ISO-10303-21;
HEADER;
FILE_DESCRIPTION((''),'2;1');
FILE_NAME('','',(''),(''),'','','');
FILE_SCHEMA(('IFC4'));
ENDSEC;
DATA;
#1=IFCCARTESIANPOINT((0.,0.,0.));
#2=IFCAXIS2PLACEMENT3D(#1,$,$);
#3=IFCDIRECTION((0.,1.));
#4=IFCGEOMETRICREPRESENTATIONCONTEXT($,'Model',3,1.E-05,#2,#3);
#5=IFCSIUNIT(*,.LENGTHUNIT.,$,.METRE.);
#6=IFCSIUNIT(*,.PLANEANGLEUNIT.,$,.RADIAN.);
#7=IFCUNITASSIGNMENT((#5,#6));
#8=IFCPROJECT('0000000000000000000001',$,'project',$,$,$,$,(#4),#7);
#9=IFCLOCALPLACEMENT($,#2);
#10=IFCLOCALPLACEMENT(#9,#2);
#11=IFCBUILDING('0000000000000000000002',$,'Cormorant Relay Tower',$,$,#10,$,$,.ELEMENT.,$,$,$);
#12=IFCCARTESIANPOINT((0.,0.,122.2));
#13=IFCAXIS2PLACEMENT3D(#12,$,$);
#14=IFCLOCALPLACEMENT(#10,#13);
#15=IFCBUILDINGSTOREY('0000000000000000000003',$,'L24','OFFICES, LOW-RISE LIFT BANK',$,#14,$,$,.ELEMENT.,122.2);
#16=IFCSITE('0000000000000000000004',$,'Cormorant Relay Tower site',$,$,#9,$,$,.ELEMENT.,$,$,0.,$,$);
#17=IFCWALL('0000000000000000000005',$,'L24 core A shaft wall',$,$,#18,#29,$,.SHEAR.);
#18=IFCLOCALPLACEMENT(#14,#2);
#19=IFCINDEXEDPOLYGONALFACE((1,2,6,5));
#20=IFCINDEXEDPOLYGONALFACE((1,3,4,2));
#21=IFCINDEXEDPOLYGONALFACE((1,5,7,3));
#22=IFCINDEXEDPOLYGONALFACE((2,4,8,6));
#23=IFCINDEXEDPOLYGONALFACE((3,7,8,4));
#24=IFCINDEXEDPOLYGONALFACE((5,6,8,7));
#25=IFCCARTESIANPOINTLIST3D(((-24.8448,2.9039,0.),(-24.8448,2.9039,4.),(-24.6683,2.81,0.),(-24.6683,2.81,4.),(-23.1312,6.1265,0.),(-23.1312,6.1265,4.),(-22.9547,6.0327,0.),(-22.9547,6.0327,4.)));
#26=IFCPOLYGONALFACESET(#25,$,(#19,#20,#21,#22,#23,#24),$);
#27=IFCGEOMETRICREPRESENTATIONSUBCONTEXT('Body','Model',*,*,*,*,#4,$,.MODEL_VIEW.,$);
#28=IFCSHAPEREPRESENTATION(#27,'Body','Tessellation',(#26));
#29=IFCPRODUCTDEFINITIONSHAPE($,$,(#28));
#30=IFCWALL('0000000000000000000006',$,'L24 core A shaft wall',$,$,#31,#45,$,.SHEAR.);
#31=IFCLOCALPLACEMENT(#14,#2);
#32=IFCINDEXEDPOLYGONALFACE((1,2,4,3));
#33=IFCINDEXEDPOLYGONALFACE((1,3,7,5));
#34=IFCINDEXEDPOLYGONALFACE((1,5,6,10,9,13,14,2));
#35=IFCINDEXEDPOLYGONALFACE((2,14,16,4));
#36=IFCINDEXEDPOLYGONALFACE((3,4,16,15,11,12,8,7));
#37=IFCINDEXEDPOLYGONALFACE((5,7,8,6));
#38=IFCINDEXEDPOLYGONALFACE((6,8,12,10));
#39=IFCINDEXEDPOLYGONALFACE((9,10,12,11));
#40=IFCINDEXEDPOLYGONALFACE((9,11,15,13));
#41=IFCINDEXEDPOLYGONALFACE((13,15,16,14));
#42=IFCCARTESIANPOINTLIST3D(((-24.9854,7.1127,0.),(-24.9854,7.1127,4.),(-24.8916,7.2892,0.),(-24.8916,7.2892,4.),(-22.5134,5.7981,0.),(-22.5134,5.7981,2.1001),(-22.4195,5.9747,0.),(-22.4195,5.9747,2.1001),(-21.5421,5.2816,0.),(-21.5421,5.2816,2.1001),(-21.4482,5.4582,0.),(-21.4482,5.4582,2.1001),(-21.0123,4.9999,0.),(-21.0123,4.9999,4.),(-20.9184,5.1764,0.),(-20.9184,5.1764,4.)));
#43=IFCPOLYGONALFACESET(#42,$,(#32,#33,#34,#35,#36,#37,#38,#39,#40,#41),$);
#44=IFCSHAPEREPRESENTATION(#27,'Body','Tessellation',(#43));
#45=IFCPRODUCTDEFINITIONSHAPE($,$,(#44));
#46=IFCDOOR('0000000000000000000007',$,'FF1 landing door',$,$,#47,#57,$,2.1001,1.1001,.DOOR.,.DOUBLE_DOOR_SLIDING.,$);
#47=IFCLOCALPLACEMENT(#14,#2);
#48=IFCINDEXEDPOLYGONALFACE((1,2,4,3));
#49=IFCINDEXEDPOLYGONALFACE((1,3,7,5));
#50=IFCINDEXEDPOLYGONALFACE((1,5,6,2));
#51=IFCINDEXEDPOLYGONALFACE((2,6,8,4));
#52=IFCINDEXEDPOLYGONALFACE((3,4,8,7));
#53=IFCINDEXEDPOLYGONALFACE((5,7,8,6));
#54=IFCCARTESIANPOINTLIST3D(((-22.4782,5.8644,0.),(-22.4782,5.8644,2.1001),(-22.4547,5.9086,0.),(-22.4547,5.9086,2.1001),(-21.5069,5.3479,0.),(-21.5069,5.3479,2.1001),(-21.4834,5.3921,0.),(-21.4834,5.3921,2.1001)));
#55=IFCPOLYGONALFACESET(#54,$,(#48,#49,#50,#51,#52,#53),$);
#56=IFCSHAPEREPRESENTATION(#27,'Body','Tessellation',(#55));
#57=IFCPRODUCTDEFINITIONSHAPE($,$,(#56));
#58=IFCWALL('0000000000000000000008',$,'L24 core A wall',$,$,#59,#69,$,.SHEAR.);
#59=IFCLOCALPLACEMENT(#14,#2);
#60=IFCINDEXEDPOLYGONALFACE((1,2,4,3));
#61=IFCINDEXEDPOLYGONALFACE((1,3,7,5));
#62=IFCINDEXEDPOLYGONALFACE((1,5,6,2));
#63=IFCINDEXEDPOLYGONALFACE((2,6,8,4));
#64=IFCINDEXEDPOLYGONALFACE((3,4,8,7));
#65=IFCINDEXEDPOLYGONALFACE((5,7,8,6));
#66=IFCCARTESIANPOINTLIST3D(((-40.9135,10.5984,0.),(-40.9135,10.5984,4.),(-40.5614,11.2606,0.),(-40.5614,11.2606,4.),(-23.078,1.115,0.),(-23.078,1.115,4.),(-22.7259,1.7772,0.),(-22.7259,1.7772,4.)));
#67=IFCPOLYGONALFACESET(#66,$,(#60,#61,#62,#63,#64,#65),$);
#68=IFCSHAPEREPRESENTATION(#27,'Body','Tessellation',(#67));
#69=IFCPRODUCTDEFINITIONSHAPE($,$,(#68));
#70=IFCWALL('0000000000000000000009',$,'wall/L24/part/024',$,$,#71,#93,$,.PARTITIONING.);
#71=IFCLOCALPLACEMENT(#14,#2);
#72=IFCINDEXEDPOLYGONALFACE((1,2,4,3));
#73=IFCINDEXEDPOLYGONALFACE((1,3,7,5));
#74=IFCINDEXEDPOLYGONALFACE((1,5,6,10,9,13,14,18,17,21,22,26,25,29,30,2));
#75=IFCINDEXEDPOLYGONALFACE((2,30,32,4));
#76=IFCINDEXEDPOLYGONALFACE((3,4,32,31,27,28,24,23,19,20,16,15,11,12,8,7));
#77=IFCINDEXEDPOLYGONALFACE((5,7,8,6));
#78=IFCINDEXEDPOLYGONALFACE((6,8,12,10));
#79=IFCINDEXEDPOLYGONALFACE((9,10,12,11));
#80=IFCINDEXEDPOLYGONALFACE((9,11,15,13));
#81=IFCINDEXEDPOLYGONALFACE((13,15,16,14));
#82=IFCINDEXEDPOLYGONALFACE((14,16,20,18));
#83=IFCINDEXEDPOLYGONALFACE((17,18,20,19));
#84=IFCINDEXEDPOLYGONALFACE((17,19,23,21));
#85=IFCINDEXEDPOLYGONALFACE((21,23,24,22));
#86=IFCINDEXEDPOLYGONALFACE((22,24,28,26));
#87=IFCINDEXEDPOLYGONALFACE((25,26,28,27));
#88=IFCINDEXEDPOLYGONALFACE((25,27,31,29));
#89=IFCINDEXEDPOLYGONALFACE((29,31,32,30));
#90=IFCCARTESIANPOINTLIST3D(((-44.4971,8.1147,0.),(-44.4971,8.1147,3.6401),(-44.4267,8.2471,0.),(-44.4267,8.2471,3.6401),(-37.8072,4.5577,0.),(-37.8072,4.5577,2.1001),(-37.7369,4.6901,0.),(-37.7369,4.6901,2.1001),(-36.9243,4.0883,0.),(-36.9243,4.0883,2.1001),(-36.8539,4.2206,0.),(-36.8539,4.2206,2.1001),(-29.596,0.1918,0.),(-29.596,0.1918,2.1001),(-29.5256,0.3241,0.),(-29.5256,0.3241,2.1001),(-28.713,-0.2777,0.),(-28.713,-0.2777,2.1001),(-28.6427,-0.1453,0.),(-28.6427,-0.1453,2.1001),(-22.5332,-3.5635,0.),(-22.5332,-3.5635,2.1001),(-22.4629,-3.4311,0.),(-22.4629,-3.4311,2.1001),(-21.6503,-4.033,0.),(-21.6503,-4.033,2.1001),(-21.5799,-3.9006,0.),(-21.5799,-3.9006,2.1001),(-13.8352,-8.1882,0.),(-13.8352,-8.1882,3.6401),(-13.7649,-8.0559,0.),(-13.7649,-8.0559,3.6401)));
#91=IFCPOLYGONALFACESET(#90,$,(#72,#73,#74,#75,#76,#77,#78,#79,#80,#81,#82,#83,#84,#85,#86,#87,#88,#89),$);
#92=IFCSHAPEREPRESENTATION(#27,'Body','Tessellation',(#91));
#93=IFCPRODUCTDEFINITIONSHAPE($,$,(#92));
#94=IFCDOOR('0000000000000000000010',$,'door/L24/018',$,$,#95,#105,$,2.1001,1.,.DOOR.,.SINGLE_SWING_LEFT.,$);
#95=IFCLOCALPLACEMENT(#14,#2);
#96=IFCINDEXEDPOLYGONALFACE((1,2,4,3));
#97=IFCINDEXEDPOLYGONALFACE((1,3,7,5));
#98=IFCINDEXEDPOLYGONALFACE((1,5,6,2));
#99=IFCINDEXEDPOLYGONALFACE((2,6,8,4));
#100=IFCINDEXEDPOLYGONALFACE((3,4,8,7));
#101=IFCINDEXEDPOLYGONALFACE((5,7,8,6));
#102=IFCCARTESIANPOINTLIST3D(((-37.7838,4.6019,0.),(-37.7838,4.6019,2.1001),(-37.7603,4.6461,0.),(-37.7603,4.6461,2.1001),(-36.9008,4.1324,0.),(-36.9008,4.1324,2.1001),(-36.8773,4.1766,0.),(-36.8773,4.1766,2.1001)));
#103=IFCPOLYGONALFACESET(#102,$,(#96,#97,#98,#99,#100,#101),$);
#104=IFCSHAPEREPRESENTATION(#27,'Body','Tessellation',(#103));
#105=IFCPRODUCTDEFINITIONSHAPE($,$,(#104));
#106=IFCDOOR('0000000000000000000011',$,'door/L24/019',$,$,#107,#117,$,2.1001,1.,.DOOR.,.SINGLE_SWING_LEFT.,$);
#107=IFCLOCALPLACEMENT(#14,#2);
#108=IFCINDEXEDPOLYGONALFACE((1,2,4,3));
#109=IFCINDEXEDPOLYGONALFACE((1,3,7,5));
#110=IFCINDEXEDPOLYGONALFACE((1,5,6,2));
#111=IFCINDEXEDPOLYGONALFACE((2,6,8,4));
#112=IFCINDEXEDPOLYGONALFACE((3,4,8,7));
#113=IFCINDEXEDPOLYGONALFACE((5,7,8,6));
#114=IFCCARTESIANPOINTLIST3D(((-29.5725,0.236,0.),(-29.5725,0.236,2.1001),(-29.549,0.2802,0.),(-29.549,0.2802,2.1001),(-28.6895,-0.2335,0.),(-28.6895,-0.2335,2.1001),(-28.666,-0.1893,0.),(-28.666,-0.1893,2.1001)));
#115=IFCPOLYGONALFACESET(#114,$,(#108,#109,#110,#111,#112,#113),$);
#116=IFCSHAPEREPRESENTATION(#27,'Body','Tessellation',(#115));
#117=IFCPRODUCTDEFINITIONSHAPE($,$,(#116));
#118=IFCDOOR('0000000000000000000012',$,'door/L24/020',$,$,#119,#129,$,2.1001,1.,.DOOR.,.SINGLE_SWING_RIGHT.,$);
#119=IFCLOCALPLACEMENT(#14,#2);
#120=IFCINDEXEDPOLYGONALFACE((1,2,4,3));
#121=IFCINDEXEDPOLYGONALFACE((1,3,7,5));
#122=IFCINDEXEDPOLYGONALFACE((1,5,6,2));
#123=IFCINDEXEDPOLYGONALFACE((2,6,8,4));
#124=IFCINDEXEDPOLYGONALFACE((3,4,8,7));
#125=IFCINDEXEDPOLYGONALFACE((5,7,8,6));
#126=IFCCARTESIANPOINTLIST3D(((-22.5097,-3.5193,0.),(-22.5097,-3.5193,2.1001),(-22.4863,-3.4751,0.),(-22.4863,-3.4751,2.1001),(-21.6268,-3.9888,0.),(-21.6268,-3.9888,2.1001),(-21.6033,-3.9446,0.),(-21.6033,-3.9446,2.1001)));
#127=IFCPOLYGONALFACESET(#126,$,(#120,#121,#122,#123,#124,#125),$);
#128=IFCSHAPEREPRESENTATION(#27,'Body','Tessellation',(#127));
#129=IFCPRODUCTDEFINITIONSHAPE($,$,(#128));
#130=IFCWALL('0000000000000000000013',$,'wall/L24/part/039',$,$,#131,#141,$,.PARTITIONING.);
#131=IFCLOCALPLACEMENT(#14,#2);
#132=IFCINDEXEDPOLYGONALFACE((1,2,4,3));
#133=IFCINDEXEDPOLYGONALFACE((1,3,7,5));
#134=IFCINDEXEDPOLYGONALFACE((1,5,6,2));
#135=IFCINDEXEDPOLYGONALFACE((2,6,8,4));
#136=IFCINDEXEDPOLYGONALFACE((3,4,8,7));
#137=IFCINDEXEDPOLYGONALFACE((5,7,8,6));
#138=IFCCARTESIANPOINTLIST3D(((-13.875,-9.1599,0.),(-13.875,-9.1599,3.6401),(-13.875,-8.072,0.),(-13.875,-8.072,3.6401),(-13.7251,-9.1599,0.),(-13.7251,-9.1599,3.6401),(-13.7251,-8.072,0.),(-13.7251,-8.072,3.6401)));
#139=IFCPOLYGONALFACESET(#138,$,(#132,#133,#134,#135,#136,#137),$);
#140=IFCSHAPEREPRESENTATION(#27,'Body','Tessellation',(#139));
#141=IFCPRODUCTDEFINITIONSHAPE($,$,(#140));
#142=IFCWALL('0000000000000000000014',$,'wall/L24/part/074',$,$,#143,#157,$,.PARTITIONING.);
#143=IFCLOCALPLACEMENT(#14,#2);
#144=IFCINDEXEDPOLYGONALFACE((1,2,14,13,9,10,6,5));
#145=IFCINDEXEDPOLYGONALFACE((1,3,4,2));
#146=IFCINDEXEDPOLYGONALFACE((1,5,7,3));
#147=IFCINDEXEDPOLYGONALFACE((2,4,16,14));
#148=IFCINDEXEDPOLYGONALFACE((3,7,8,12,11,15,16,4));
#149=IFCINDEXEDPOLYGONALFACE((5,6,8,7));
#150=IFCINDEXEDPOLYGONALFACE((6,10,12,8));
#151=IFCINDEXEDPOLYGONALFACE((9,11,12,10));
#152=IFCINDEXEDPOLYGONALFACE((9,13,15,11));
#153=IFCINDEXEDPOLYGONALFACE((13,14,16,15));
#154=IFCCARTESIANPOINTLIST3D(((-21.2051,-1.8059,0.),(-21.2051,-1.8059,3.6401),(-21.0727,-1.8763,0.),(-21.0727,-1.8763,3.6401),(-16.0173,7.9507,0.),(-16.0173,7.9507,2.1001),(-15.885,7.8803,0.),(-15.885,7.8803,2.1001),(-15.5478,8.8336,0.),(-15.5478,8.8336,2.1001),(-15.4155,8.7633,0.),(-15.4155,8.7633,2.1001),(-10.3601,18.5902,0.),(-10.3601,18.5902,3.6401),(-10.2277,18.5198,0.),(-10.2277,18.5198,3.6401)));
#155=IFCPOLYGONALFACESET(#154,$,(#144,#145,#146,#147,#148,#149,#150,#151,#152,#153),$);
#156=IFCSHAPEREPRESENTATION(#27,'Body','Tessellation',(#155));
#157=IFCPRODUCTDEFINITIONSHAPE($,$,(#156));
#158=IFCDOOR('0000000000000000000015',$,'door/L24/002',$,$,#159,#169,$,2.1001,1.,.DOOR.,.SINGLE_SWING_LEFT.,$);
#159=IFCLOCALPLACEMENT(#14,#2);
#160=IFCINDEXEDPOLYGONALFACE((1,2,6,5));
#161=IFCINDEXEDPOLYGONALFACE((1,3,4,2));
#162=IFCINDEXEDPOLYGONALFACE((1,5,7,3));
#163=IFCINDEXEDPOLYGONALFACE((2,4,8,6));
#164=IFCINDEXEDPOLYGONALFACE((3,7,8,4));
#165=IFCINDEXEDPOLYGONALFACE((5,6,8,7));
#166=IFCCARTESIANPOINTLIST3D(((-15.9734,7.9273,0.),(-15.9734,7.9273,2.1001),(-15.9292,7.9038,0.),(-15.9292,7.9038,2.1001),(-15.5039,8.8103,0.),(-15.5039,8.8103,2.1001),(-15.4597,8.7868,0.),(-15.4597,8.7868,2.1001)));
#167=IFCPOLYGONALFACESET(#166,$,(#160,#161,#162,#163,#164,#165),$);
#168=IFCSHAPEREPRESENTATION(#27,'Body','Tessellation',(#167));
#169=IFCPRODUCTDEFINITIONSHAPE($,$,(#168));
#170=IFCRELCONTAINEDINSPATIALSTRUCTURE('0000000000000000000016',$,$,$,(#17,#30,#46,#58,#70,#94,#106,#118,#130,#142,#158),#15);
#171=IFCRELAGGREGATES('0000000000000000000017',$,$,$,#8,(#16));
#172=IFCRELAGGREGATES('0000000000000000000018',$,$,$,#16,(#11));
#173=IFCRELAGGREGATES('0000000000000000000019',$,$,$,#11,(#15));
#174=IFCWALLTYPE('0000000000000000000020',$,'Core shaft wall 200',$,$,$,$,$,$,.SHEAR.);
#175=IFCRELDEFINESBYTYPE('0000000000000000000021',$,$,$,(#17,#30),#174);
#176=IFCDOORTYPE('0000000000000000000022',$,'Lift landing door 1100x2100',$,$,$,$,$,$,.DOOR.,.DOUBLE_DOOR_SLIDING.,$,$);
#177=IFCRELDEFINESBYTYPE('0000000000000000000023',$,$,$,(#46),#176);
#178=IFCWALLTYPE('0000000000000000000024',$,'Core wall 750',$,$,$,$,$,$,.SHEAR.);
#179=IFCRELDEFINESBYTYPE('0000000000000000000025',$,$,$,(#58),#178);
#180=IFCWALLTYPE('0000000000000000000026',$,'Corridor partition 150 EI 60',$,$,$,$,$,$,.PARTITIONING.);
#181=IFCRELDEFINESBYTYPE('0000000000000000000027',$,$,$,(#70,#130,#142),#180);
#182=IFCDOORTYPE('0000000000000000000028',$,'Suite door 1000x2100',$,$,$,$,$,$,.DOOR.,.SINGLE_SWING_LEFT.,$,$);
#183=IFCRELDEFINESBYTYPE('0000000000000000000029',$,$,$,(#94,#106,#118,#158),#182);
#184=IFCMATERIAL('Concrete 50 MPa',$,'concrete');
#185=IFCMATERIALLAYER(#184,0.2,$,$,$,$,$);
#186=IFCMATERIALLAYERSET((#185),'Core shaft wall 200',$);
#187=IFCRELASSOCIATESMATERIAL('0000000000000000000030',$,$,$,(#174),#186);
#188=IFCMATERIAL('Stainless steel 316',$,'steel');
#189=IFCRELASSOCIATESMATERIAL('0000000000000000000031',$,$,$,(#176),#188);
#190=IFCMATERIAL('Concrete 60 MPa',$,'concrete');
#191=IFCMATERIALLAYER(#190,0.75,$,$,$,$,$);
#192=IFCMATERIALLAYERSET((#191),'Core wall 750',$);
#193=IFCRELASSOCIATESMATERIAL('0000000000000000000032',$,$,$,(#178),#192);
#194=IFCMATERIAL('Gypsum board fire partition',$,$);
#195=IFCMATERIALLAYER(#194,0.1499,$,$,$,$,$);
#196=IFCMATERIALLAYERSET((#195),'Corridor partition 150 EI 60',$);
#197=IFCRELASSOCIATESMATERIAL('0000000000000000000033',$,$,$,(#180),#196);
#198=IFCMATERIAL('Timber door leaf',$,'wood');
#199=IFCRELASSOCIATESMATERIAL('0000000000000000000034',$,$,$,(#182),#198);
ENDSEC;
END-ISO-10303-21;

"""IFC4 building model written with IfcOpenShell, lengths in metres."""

from ifc_helpers import new_model, si_unit, direction, frame, frame_2d, origin, place, context, subcontext, project, spatial, rectangle, extrude, material, layer, layer_set, type_object, element, fill, save


model = new_model("IFC4")

# Units and contexts
model_context = context("Model", 3, precision=1e-05, world=origin(), true_north=direction((0.0, 1.0)))
body_context = subcontext(model_context, "Body", "Model", "MODEL_VIEW")
ifc_project = project(units=[si_unit("LENGTHUNIT", "METRE"), si_unit("PLANEANGLEUNIT", "RADIAN")], contexts=[model_context])

# Site, building, storey
site_placement = place(None, origin())
site = spatial("IfcSite", under=ifc_project, at=site_placement, Name="Cormorant Relay Tower site", CompositionType="ELEMENT", RefElevation=0.0)
building_placement = place(site_placement, origin())
building = spatial("IfcBuilding", under=site, at=building_placement, Name="Cormorant Relay Tower", CompositionType="ELEMENT")
storey_placement = place(building_placement, frame((0.0, 0.0, 122.2)))
storey = spatial("IfcBuildingStorey", under=building, at=storey_placement, Name="L24", Description="OFFICES, LOW-RISE LIFT BANK", CompositionType="ELEMENT", Elevation=122.2)

# Wall
ifc_material_1 = material(Name="Concrete 50 MPa", Category="concrete")
ifc_layer_1 = layer(ifc_material_1, 0.2)
ifc_layer_set_1 = layer_set([ifc_layer_1], Name="Core shaft wall 200")
wall_type_1 = type_object("IfcWallType", Name="Core shaft wall 200", PredefinedType="SHEAR", material=ifc_layer_set_1)
wall_1_placement = place(storey_placement, frame((-23.043, 6.0796, 0.0), z_axis=(0.0, 0.0, 1.0), x_axis=(-0.469494, -0.882936, 0.0)))
element("IfcWall", 1, at=wall_1_placement, inside=storey, type_object=wall_type_1, Name="L24 core A shaft wall", PredefinedType="SHEAR", context=body_context, shape_type="SweptSolid", body=[
    extrude(rectangle(XDim=3.6499, YDim=0.2, at=frame_2d((1.825, 0.0))), origin(), (0.0, 0.0, 1.0), 4.0),
])

# Wall, opening, door
wall_2_placement = place(storey_placement, frame((-20.9653, 5.0881, 0.0), z_axis=(0.0, 0.0, 1.0), x_axis=(-0.882926, 0.469512, 0.0)))
wall_2 = element("IfcWall", 2, at=wall_2_placement, inside=storey, type_object=wall_type_1, Name="L24 core A shaft wall", PredefinedType="SHEAR", context=body_context, shape_type="SweptSolid", body=[
    extrude(rectangle(XDim=4.5, YDim=0.2, at=frame_2d((2.25, 0.0))), origin(), (0.0, 0.0, 1.0), 4.0),
])
opening_1_placement = place(wall_2_placement, frame((0.6001, 0.0, 0.0)))
opening_1 = element("IfcOpeningElement", 3, at=opening_1_placement, cuts=wall_2, PredefinedType="OPENING", context=body_context, shape_type="SweptSolid", body=[
    extrude(rectangle(XDim=1.1001, YDim=2.1001, at=frame_2d((0.55, 1.05))), frame((0.0, 0.1099, 0.0), z_axis=(0.0, -1.0, 0.0), x_axis=(1.0, 0.0, 0.0)), (0.0, 0.0, 1.0), 0.22),
])
ifc_material_2 = material(Name="Stainless steel 316", Category="steel")
door_type_1 = type_object("IfcDoorType", Name="Lift landing door 1100x2100", OperationType="DOUBLE_DOOR_SLIDING", PredefinedType="DOOR", material=ifc_material_2)
door_1_placement = place(opening_1_placement, origin())
door_1 = element("IfcDoor", 4, at=door_1_placement, inside=storey, type_object=door_type_1, Name="FF1 landing door", OperationType="DOUBLE_DOOR_SLIDING", OverallHeight=2.1001, OverallWidth=1.1001, PredefinedType="DOOR", context=body_context, shape_type="SweptSolid", body=[
    extrude(rectangle(XDim=1.1001, YDim=2.1001, at=frame_2d((0.55, 1.05))), frame((0.0, 0.0249, 0.0), z_axis=(0.0, -1.0, 0.0), x_axis=(1.0, 0.0, 0.0)), (0.0, 0.0, 1.0), 0.05),
])
fill(opening_1, door_1)

# Wall
ifc_material_3 = material(Name="Concrete 60 MPa", Category="concrete")
ifc_layer_2 = layer(ifc_material_3, 0.75)
ifc_layer_set_2 = layer_set([ifc_layer_2], Name="Core wall 750")
wall_type_2 = type_object("IfcWallType", Name="Core wall 750", PredefinedType="SHEAR", material=ifc_layer_set_2)
wall_3_placement = place(storey_placement, frame((-22.9019, 1.446, 0.0), z_axis=(0.0, 0.0, 1.0), x_axis=(-0.882945, 0.469476, 0.0)))
element("IfcWall", 5, at=wall_3_placement, inside=storey, type_object=wall_type_2, Name="L24 core A wall", PredefinedType="SHEAR", context=body_context, shape_type="SweptSolid", body=[
    extrude(rectangle(XDim=20.2, YDim=0.75, at=frame_2d((10.1001, 0.0))), origin(), (0.0, 0.0, 1.0), 4.0),
])

# Wall, openings, doors
ifc_material_4 = material(Name="Gypsum board fire partition")
ifc_layer_3 = layer(ifc_material_4, 0.1499)
ifc_layer_set_3 = layer_set([ifc_layer_3], Name="Corridor partition 150 EI 60")
wall_type_3 = type_object("IfcWallType", Name="Corridor partition 150 EI 60", PredefinedType="PARTITIONING", material=ifc_layer_set_3)
wall_4_placement = place(storey_placement, frame((-13.8, -8.1221, 0.0), z_axis=(0.0, 0.0, 1.0), x_axis=(-0.88295, 0.469467, 0.0)))
wall_4 = element("IfcWall", 6, at=wall_4_placement, inside=storey, type_object=wall_type_3, Name="wall/L24/part/024", PredefinedType="PARTITIONING", context=body_context, shape_type="SweptSolid", body=[
    extrude(rectangle(XDim=34.7266, YDim=0.1499, at=frame_2d((17.3633, 0.0))), origin(), (0.0, 0.0, 1.0), 3.6401),
])
opening_2_placement = place(wall_4_placement, frame((26.1499, 0.0, 0.0)))
opening_2 = element("IfcOpeningElement", 7, at=opening_2_placement, cuts=wall_4, PredefinedType="OPENING", context=body_context, shape_type="SweptSolid", body=[
    extrude(rectangle(XDim=1.0, YDim=2.1001, at=frame_2d((0.5, 1.05))), frame((0.0, 0.085, 0.0), z_axis=(0.0, -1.0, 0.0), x_axis=(1.0, 0.0, 0.0)), (0.0, 0.0, 1.0), 0.1699),
])
opening_3_placement = place(wall_4_placement, frame((16.8501, 0.0, 0.0)))
opening_3 = element("IfcOpeningElement", 8, at=opening_3_placement, cuts=wall_4, PredefinedType="OPENING", context=body_context, shape_type="SweptSolid", body=[
    extrude(rectangle(XDim=1.0, YDim=2.1001, at=frame_2d((0.5, 1.05))), frame((0.0, 0.085, 0.0), z_axis=(0.0, -1.0, 0.0), x_axis=(1.0, 0.0, 0.0)), (0.0, 0.0, 1.0), 0.1699),
])
opening_4_placement = place(wall_4_placement, frame((8.8511, 0.0, 0.0)))
opening_4 = element("IfcOpeningElement", 9, at=opening_4_placement, cuts=wall_4, PredefinedType="OPENING", context=body_context, shape_type="SweptSolid", body=[
    extrude(rectangle(XDim=1.0, YDim=2.1001, at=frame_2d((0.5, 1.05))), frame((0.0, 0.085, 0.0), z_axis=(0.0, -1.0, 0.0), x_axis=(1.0, 0.0, 0.0)), (0.0, 0.0, 1.0), 0.1699),
])
ifc_material_5 = material(Name="Timber door leaf", Category="wood")
door_type_2 = type_object("IfcDoorType", Name="Suite door 1000x2100", OperationType="SINGLE_SWING_LEFT", PredefinedType="DOOR", material=ifc_material_5)
door_2_placement = place(opening_2_placement, origin())
door_2 = element("IfcDoor", 10, at=door_2_placement, inside=storey, type_object=door_type_2, Name="door/L24/018", OperationType="SINGLE_SWING_LEFT", OverallHeight=2.1001, OverallWidth=1.0, PredefinedType="DOOR", context=body_context, shape_type="SweptSolid", body=[
    extrude(rectangle(XDim=1.0, YDim=2.1001, at=frame_2d((0.5, 1.05))), frame((0.0, 0.0249, 0.0), z_axis=(0.0, -1.0, 0.0), x_axis=(1.0, 0.0, 0.0)), (0.0, 0.0, 1.0), 0.05),
])
fill(opening_2, door_2)
door_3_placement = place(opening_3_placement, origin())
door_3 = element("IfcDoor", 11, at=door_3_placement, inside=storey, type_object=door_type_2, Name="door/L24/019", OperationType="SINGLE_SWING_LEFT", OverallHeight=2.1001, OverallWidth=1.0, PredefinedType="DOOR", context=body_context, shape_type="SweptSolid", body=[
    extrude(rectangle(XDim=1.0, YDim=2.1001, at=frame_2d((0.5, 1.05))), frame((0.0, 0.0249, 0.0), z_axis=(0.0, -1.0, 0.0), x_axis=(1.0, 0.0, 0.0)), (0.0, 0.0, 1.0), 0.05),
])
fill(opening_3, door_3)
door_4_placement = place(opening_4_placement, origin())
door_4 = element("IfcDoor", 12, at=door_4_placement, inside=storey, type_object=door_type_2, Name="door/L24/020", OperationType="SINGLE_SWING_RIGHT", OverallHeight=2.1001, OverallWidth=1.0, PredefinedType="DOOR", context=body_context, shape_type="SweptSolid", body=[
    extrude(rectangle(XDim=1.0, YDim=2.1001, at=frame_2d((0.5, 1.05))), frame((0.0, 0.0249, 0.0), z_axis=(0.0, -1.0, 0.0), x_axis=(1.0, 0.0, 0.0)), (0.0, 0.0, 1.0), 0.05),
])
fill(opening_4, door_4)

# Wall
wall_5_placement = place(storey_placement, frame((-13.8, -9.1599, 0.0), z_axis=(0.0, 0.0, 1.0), x_axis=(0.0, 1.0, 0.0)))
element("IfcWall", 13, at=wall_5_placement, inside=storey, type_object=wall_type_3, Name="wall/L24/part/039", PredefinedType="PARTITIONING", context=body_context, shape_type="SweptSolid", body=[
    extrude(rectangle(XDim=1.0879, YDim=0.1499, at=frame_2d((0.5439, 0.0))), origin(), (0.0, 0.0, 1.0), 3.6401),
])

# Wall, opening, door
wall_6_placement = place(storey_placement, frame((-21.1389, -1.8411, 0.0), z_axis=(0.0, 0.0, 1.0), x_axis=(0.469479, 0.882944, 0.0)))
wall_6 = element("IfcWall", 14, at=wall_6_placement, inside=storey, type_object=wall_type_3, Name="wall/L24/part/074", PredefinedType="PARTITIONING", context=body_context, shape_type="SweptSolid", body=[
    extrude(rectangle(XDim=23.1001, YDim=0.1499, at=frame_2d((11.55, 0.0))), origin(), (0.0, 0.0, 1.0), 3.6401),
])
opening_5_placement = place(wall_6_placement, frame((11.05, 0.0, 0.0)))
opening_5 = element("IfcOpeningElement", 15, at=opening_5_placement, cuts=wall_6, PredefinedType="OPENING", context=body_context, shape_type="SweptSolid", body=[
    extrude(rectangle(XDim=1.0, YDim=2.1001, at=frame_2d((0.5, 1.05))), frame((0.0, 0.085, 0.0), z_axis=(0.0, -1.0, 0.0), x_axis=(1.0, 0.0, 0.0)), (0.0, 0.0, 1.0), 0.1699),
])
door_5_placement = place(opening_5_placement, frame((1.0, 0.0, 0.0), z_axis=(0.0, 0.0, 1.0), x_axis=(-1.0, 0.0, 0.0)))
door_5 = element("IfcDoor", 16, at=door_5_placement, inside=storey, type_object=door_type_2, Name="door/L24/002", OperationType="SINGLE_SWING_LEFT", OverallHeight=2.1001, OverallWidth=1.0, PredefinedType="DOOR", context=body_context, shape_type="SweptSolid", body=[
    extrude(rectangle(XDim=1.0, YDim=2.1001, at=frame_2d((0.5, 1.05))), frame((0.0, 0.0249, 0.0), z_axis=(0.0, -1.0, 0.0), x_axis=(1.0, 0.0, 0.0)), (0.0, 0.0, 1.0), 0.05),
])
fill(opening_5, door_5)

save(model, "model.ifc")
